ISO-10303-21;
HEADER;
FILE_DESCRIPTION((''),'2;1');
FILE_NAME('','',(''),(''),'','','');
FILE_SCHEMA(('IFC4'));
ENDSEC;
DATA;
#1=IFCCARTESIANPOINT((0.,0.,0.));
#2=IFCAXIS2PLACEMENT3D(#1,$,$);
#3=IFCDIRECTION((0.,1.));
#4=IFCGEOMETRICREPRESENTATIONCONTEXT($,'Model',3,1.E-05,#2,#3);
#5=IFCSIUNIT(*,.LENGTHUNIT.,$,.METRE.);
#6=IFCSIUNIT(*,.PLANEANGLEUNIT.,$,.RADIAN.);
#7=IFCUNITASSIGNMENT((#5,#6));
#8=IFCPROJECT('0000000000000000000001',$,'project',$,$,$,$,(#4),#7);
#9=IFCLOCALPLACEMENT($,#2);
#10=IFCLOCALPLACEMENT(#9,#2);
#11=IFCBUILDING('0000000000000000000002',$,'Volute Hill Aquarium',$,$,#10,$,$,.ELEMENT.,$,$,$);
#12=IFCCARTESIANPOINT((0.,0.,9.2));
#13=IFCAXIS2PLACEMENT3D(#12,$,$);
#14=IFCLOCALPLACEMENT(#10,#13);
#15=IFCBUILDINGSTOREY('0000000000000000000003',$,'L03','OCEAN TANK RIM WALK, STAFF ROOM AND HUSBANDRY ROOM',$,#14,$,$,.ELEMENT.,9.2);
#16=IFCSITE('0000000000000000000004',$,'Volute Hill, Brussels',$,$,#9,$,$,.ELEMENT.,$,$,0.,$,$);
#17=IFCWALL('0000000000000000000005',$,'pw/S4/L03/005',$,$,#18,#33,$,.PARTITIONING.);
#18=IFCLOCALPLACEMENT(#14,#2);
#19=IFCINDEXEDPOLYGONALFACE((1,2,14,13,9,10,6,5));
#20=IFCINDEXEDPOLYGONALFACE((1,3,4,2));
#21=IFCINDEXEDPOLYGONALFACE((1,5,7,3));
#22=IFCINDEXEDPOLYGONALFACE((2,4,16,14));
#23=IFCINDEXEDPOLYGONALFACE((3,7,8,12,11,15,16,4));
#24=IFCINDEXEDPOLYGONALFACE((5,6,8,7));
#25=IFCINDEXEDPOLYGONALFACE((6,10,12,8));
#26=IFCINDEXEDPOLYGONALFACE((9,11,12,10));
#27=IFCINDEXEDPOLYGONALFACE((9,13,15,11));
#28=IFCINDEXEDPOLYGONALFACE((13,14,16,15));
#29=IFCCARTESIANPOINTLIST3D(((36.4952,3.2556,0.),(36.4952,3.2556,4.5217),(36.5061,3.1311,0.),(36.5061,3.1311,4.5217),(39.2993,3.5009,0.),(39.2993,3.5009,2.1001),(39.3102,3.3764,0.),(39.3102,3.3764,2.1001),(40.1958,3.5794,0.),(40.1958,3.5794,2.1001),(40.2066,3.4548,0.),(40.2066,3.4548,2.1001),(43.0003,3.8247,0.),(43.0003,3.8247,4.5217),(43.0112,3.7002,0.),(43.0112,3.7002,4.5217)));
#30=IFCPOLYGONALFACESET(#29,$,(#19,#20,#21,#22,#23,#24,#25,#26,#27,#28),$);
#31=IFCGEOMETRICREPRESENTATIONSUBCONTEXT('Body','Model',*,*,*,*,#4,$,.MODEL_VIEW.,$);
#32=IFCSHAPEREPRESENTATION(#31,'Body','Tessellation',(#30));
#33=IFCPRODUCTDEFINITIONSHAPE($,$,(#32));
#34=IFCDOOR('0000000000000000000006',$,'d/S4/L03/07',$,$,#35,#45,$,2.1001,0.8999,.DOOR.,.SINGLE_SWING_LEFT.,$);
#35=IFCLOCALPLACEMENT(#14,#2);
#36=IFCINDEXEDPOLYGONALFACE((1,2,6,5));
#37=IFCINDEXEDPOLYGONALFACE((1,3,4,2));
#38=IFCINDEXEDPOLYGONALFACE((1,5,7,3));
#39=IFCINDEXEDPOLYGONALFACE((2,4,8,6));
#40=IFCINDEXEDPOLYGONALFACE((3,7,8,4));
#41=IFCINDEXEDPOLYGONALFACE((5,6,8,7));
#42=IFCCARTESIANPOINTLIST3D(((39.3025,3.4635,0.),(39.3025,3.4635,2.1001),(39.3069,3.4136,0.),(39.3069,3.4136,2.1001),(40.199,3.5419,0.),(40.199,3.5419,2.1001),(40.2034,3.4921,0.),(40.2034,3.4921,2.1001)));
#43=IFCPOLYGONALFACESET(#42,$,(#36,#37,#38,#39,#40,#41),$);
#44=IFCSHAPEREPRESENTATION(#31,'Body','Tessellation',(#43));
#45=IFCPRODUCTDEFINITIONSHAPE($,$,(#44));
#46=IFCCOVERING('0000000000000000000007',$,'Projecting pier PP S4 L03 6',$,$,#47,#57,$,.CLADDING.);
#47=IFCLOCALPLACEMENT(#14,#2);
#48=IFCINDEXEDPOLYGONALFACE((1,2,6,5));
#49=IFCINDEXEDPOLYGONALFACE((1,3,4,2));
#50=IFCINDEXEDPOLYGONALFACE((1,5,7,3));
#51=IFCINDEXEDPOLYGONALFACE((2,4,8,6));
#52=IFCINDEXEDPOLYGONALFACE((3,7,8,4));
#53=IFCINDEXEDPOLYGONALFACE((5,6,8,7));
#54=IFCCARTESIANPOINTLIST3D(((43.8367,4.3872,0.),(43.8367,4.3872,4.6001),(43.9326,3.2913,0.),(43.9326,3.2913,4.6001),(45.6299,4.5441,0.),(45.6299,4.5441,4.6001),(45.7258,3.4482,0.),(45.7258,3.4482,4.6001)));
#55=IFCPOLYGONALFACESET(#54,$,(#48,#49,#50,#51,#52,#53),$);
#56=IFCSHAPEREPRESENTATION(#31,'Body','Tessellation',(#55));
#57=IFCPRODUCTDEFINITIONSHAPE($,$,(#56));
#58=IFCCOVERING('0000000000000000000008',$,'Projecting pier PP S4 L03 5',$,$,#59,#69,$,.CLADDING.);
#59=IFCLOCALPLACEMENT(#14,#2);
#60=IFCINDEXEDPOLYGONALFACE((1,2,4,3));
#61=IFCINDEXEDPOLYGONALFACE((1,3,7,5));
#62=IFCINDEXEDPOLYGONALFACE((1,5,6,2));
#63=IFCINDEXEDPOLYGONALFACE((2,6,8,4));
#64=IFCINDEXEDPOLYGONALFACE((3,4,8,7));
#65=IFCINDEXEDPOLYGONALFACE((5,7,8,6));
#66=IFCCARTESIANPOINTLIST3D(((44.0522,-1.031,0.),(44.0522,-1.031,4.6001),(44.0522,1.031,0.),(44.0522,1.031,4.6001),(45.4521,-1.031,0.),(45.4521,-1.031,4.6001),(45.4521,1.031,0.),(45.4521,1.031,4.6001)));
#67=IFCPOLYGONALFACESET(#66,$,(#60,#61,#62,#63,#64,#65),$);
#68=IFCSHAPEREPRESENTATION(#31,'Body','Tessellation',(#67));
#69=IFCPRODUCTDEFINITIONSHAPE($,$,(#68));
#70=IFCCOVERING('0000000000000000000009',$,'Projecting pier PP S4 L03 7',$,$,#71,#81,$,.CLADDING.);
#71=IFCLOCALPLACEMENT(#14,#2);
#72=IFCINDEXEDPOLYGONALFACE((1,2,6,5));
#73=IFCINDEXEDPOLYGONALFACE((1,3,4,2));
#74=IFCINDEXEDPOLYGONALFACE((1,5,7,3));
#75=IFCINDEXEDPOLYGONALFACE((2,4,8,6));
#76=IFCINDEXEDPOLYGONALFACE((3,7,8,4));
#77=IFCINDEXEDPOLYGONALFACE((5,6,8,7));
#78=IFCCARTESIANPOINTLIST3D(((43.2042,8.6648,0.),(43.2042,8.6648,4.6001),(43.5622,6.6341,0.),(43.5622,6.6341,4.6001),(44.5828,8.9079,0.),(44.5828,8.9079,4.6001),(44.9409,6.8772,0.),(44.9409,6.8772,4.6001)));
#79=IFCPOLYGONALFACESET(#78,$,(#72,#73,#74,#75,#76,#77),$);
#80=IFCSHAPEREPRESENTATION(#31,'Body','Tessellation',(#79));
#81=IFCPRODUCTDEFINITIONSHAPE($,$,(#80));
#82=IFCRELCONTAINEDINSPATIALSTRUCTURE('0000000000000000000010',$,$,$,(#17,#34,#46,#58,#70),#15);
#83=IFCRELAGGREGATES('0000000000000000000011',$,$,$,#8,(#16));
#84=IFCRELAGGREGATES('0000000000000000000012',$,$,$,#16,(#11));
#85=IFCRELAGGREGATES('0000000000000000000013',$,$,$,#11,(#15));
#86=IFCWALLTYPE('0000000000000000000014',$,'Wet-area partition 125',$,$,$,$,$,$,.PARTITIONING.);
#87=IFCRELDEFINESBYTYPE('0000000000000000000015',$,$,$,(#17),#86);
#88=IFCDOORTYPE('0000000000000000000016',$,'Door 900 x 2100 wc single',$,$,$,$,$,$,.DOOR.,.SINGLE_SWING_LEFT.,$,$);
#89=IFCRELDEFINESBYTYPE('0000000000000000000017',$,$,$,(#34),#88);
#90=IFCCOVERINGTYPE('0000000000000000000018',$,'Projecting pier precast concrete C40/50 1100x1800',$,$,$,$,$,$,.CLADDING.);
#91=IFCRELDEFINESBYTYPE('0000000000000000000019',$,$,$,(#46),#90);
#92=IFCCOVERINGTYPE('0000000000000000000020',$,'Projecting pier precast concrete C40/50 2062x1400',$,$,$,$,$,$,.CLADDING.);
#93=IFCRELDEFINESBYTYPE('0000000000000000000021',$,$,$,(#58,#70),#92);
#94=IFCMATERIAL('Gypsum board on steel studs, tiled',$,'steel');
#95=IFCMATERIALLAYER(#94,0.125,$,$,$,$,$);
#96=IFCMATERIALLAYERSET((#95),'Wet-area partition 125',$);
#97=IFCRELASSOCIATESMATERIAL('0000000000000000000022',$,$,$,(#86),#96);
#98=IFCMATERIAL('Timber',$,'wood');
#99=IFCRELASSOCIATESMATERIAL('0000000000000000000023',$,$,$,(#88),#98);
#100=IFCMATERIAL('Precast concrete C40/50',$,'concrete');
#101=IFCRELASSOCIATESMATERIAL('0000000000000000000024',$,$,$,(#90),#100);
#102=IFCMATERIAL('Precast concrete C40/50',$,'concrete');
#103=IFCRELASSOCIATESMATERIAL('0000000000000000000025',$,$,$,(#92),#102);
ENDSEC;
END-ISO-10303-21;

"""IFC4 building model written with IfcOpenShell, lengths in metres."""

from ifc_helpers import new_model, si_unit, direction, frame, frame_2d, origin, origin_2d, place, context, subcontext, project, spatial, rectangle, extrude, material, layer, layer_set, type_object, element, fill, save


model = new_model("IFC4")

# Units and contexts
model_context = context("Model", 3, precision=1e-05, world=origin(), true_north=direction((0.0, 1.0)))
body_context = subcontext(model_context, "Body", "Model", "MODEL_VIEW")
ifc_project = project(units=[si_unit("LENGTHUNIT", "METRE"), si_unit("PLANEANGLEUNIT", "RADIAN")], contexts=[model_context])

# Site, building, storey
site_placement = place(None, origin())
site = spatial("IfcSite", under=ifc_project, at=site_placement, Name="Volute Hill, Brussels", CompositionType="ELEMENT", RefElevation=0.0)
building_placement = place(site_placement, origin())
building = spatial("IfcBuilding", under=site, at=building_placement, Name="Volute Hill Aquarium", CompositionType="ELEMENT")
storey_placement = place(building_placement, frame((0.0, 0.0, 9.2)))
storey = spatial("IfcBuildingStorey", under=building, at=storey_placement, Name="L03", Description="OCEAN TANK RIM WALK, STAFF ROOM AND HUSBANDRY ROOM", CompositionType="ELEMENT", Elevation=9.2)

# Wall, opening, door
ifc_material_1 = material(Name="Gypsum board on steel studs, tiled", Category="steel")
ifc_layer_1 = layer(ifc_material_1, 0.125)
ifc_layer_set_1 = layer_set([ifc_layer_1], Name="Wet-area partition 125")
wall_type = type_object("IfcWallType", Name="Wet-area partition 125", PredefinedType="PARTITIONING", material=ifc_layer_set_1)
wall_placement = place(storey_placement, frame((36.5005, 3.1934, 0.0), z_axis=(0.0, 0.0, 1.0), x_axis=(0.996195, 0.087151, 0.0)))
wall = element("IfcWall", 1, at=wall_placement, inside=storey, type_object=wall_type, Name="pw/S4/L03/005", PredefinedType="PARTITIONING", context=body_context, shape_type="SweptSolid", body=[
    extrude(rectangle(XDim=6.53, YDim=0.125, at=frame_2d((3.2651, 0.0))), origin(), (0.0, 0.0, 1.0), 4.5217),
])
opening_placement = place(wall_placement, frame((2.8149, 0.0, 0.0)))
opening = element("IfcOpeningElement", 2, at=opening_placement, cuts=wall, PredefinedType="OPENING", context=body_context, shape_type="SweptSolid", body=[
    extrude(rectangle(XDim=0.8999, YDim=2.1001, at=frame_2d((0.45, 1.05))), frame((0.0, 0.0725, 0.0), z_axis=(0.0, -1.0, 0.0), x_axis=(1.0, 0.0, 0.0)), (0.0, 0.0, 1.0), 0.145),
])
ifc_material_2 = material(Name="Timber", Category="wood")
door_type = type_object("IfcDoorType", Name="Door 900 x 2100 wc single", OperationType="SINGLE_SWING_LEFT", PredefinedType="DOOR", material=ifc_material_2)
door_placement = place(opening_placement, origin())
door = element("IfcDoor", 3, at=door_placement, inside=storey, type_object=door_type, Name="d/S4/L03/07", OperationType="SINGLE_SWING_LEFT", OverallHeight=2.1001, OverallWidth=0.8999, PredefinedType="DOOR", context=body_context, shape_type="SweptSolid", body=[
    extrude(rectangle(XDim=0.8999, YDim=2.1001, at=frame_2d((0.45, 1.05))), frame((0.0, 0.0249, 0.0), z_axis=(0.0, -1.0, 0.0), x_axis=(1.0, 0.0, 0.0)), (0.0, 0.0, 1.0), 0.05),
])
fill(opening, door)

# Coverings
ifc_material_3 = material(Name="Precast concrete C40/50", Category="concrete")
covering_type_1 = type_object("IfcCoveringType", Name="Projecting pier precast concrete C40/50 1100x1800", PredefinedType="CLADDING", material=ifc_material_3)
covering_placement = place(storey_placement, frame((44.7812, 3.9177, 0.0), z_axis=(0.0, 0.0, 1.0), x_axis=(-0.087156, 0.996195, 0.0)))
element("IfcCovering", 4, at=covering_placement, inside=storey, type_object=covering_type_1, Name="Projecting pier PP S4 L03 6", PredefinedType="CLADDING", context=body_context, shape_type="SweptSolid", body=[
    extrude(rectangle(XDim=1.1001, YDim=1.8, at=origin_2d()), origin(), (0.0, 0.0, 1.0), 4.6001),
])
ifc_material_4 = material(Name="Precast concrete C40/50", Category="concrete")
covering_type_2 = type_object("IfcCoveringType", Name="Projecting pier precast concrete C40/50 2062x1400", PredefinedType="CLADDING", material=ifc_material_4)
for number, where, z_axis, x_axis, name in (
    (5, (44.7522, 0.0, 0.0), (0.0, 0.0, 1.0), (0.0, 1.0, 0.0), "Projecting pier PP S4 L03 5"),
    (6, (44.0725, 7.771, 0.0), (0.0, 0.0, 1.0), (-0.173648, 0.984808, 0.0), "Projecting pier PP S4 L03 7"),
):
    element("IfcCovering", number, at=place(storey_placement, frame(where, z_axis=z_axis, x_axis=x_axis)), inside=storey, type_object=covering_type_2, Name=name, PredefinedType="CLADDING", context=body_context, shape_type="SweptSolid", body=[
        extrude(rectangle(XDim=2.062, YDim=1.3999, at=origin_2d()), origin(), (0.0, 0.0, 1.0), 4.6001),
    ])

save(model, "model.ifc")
